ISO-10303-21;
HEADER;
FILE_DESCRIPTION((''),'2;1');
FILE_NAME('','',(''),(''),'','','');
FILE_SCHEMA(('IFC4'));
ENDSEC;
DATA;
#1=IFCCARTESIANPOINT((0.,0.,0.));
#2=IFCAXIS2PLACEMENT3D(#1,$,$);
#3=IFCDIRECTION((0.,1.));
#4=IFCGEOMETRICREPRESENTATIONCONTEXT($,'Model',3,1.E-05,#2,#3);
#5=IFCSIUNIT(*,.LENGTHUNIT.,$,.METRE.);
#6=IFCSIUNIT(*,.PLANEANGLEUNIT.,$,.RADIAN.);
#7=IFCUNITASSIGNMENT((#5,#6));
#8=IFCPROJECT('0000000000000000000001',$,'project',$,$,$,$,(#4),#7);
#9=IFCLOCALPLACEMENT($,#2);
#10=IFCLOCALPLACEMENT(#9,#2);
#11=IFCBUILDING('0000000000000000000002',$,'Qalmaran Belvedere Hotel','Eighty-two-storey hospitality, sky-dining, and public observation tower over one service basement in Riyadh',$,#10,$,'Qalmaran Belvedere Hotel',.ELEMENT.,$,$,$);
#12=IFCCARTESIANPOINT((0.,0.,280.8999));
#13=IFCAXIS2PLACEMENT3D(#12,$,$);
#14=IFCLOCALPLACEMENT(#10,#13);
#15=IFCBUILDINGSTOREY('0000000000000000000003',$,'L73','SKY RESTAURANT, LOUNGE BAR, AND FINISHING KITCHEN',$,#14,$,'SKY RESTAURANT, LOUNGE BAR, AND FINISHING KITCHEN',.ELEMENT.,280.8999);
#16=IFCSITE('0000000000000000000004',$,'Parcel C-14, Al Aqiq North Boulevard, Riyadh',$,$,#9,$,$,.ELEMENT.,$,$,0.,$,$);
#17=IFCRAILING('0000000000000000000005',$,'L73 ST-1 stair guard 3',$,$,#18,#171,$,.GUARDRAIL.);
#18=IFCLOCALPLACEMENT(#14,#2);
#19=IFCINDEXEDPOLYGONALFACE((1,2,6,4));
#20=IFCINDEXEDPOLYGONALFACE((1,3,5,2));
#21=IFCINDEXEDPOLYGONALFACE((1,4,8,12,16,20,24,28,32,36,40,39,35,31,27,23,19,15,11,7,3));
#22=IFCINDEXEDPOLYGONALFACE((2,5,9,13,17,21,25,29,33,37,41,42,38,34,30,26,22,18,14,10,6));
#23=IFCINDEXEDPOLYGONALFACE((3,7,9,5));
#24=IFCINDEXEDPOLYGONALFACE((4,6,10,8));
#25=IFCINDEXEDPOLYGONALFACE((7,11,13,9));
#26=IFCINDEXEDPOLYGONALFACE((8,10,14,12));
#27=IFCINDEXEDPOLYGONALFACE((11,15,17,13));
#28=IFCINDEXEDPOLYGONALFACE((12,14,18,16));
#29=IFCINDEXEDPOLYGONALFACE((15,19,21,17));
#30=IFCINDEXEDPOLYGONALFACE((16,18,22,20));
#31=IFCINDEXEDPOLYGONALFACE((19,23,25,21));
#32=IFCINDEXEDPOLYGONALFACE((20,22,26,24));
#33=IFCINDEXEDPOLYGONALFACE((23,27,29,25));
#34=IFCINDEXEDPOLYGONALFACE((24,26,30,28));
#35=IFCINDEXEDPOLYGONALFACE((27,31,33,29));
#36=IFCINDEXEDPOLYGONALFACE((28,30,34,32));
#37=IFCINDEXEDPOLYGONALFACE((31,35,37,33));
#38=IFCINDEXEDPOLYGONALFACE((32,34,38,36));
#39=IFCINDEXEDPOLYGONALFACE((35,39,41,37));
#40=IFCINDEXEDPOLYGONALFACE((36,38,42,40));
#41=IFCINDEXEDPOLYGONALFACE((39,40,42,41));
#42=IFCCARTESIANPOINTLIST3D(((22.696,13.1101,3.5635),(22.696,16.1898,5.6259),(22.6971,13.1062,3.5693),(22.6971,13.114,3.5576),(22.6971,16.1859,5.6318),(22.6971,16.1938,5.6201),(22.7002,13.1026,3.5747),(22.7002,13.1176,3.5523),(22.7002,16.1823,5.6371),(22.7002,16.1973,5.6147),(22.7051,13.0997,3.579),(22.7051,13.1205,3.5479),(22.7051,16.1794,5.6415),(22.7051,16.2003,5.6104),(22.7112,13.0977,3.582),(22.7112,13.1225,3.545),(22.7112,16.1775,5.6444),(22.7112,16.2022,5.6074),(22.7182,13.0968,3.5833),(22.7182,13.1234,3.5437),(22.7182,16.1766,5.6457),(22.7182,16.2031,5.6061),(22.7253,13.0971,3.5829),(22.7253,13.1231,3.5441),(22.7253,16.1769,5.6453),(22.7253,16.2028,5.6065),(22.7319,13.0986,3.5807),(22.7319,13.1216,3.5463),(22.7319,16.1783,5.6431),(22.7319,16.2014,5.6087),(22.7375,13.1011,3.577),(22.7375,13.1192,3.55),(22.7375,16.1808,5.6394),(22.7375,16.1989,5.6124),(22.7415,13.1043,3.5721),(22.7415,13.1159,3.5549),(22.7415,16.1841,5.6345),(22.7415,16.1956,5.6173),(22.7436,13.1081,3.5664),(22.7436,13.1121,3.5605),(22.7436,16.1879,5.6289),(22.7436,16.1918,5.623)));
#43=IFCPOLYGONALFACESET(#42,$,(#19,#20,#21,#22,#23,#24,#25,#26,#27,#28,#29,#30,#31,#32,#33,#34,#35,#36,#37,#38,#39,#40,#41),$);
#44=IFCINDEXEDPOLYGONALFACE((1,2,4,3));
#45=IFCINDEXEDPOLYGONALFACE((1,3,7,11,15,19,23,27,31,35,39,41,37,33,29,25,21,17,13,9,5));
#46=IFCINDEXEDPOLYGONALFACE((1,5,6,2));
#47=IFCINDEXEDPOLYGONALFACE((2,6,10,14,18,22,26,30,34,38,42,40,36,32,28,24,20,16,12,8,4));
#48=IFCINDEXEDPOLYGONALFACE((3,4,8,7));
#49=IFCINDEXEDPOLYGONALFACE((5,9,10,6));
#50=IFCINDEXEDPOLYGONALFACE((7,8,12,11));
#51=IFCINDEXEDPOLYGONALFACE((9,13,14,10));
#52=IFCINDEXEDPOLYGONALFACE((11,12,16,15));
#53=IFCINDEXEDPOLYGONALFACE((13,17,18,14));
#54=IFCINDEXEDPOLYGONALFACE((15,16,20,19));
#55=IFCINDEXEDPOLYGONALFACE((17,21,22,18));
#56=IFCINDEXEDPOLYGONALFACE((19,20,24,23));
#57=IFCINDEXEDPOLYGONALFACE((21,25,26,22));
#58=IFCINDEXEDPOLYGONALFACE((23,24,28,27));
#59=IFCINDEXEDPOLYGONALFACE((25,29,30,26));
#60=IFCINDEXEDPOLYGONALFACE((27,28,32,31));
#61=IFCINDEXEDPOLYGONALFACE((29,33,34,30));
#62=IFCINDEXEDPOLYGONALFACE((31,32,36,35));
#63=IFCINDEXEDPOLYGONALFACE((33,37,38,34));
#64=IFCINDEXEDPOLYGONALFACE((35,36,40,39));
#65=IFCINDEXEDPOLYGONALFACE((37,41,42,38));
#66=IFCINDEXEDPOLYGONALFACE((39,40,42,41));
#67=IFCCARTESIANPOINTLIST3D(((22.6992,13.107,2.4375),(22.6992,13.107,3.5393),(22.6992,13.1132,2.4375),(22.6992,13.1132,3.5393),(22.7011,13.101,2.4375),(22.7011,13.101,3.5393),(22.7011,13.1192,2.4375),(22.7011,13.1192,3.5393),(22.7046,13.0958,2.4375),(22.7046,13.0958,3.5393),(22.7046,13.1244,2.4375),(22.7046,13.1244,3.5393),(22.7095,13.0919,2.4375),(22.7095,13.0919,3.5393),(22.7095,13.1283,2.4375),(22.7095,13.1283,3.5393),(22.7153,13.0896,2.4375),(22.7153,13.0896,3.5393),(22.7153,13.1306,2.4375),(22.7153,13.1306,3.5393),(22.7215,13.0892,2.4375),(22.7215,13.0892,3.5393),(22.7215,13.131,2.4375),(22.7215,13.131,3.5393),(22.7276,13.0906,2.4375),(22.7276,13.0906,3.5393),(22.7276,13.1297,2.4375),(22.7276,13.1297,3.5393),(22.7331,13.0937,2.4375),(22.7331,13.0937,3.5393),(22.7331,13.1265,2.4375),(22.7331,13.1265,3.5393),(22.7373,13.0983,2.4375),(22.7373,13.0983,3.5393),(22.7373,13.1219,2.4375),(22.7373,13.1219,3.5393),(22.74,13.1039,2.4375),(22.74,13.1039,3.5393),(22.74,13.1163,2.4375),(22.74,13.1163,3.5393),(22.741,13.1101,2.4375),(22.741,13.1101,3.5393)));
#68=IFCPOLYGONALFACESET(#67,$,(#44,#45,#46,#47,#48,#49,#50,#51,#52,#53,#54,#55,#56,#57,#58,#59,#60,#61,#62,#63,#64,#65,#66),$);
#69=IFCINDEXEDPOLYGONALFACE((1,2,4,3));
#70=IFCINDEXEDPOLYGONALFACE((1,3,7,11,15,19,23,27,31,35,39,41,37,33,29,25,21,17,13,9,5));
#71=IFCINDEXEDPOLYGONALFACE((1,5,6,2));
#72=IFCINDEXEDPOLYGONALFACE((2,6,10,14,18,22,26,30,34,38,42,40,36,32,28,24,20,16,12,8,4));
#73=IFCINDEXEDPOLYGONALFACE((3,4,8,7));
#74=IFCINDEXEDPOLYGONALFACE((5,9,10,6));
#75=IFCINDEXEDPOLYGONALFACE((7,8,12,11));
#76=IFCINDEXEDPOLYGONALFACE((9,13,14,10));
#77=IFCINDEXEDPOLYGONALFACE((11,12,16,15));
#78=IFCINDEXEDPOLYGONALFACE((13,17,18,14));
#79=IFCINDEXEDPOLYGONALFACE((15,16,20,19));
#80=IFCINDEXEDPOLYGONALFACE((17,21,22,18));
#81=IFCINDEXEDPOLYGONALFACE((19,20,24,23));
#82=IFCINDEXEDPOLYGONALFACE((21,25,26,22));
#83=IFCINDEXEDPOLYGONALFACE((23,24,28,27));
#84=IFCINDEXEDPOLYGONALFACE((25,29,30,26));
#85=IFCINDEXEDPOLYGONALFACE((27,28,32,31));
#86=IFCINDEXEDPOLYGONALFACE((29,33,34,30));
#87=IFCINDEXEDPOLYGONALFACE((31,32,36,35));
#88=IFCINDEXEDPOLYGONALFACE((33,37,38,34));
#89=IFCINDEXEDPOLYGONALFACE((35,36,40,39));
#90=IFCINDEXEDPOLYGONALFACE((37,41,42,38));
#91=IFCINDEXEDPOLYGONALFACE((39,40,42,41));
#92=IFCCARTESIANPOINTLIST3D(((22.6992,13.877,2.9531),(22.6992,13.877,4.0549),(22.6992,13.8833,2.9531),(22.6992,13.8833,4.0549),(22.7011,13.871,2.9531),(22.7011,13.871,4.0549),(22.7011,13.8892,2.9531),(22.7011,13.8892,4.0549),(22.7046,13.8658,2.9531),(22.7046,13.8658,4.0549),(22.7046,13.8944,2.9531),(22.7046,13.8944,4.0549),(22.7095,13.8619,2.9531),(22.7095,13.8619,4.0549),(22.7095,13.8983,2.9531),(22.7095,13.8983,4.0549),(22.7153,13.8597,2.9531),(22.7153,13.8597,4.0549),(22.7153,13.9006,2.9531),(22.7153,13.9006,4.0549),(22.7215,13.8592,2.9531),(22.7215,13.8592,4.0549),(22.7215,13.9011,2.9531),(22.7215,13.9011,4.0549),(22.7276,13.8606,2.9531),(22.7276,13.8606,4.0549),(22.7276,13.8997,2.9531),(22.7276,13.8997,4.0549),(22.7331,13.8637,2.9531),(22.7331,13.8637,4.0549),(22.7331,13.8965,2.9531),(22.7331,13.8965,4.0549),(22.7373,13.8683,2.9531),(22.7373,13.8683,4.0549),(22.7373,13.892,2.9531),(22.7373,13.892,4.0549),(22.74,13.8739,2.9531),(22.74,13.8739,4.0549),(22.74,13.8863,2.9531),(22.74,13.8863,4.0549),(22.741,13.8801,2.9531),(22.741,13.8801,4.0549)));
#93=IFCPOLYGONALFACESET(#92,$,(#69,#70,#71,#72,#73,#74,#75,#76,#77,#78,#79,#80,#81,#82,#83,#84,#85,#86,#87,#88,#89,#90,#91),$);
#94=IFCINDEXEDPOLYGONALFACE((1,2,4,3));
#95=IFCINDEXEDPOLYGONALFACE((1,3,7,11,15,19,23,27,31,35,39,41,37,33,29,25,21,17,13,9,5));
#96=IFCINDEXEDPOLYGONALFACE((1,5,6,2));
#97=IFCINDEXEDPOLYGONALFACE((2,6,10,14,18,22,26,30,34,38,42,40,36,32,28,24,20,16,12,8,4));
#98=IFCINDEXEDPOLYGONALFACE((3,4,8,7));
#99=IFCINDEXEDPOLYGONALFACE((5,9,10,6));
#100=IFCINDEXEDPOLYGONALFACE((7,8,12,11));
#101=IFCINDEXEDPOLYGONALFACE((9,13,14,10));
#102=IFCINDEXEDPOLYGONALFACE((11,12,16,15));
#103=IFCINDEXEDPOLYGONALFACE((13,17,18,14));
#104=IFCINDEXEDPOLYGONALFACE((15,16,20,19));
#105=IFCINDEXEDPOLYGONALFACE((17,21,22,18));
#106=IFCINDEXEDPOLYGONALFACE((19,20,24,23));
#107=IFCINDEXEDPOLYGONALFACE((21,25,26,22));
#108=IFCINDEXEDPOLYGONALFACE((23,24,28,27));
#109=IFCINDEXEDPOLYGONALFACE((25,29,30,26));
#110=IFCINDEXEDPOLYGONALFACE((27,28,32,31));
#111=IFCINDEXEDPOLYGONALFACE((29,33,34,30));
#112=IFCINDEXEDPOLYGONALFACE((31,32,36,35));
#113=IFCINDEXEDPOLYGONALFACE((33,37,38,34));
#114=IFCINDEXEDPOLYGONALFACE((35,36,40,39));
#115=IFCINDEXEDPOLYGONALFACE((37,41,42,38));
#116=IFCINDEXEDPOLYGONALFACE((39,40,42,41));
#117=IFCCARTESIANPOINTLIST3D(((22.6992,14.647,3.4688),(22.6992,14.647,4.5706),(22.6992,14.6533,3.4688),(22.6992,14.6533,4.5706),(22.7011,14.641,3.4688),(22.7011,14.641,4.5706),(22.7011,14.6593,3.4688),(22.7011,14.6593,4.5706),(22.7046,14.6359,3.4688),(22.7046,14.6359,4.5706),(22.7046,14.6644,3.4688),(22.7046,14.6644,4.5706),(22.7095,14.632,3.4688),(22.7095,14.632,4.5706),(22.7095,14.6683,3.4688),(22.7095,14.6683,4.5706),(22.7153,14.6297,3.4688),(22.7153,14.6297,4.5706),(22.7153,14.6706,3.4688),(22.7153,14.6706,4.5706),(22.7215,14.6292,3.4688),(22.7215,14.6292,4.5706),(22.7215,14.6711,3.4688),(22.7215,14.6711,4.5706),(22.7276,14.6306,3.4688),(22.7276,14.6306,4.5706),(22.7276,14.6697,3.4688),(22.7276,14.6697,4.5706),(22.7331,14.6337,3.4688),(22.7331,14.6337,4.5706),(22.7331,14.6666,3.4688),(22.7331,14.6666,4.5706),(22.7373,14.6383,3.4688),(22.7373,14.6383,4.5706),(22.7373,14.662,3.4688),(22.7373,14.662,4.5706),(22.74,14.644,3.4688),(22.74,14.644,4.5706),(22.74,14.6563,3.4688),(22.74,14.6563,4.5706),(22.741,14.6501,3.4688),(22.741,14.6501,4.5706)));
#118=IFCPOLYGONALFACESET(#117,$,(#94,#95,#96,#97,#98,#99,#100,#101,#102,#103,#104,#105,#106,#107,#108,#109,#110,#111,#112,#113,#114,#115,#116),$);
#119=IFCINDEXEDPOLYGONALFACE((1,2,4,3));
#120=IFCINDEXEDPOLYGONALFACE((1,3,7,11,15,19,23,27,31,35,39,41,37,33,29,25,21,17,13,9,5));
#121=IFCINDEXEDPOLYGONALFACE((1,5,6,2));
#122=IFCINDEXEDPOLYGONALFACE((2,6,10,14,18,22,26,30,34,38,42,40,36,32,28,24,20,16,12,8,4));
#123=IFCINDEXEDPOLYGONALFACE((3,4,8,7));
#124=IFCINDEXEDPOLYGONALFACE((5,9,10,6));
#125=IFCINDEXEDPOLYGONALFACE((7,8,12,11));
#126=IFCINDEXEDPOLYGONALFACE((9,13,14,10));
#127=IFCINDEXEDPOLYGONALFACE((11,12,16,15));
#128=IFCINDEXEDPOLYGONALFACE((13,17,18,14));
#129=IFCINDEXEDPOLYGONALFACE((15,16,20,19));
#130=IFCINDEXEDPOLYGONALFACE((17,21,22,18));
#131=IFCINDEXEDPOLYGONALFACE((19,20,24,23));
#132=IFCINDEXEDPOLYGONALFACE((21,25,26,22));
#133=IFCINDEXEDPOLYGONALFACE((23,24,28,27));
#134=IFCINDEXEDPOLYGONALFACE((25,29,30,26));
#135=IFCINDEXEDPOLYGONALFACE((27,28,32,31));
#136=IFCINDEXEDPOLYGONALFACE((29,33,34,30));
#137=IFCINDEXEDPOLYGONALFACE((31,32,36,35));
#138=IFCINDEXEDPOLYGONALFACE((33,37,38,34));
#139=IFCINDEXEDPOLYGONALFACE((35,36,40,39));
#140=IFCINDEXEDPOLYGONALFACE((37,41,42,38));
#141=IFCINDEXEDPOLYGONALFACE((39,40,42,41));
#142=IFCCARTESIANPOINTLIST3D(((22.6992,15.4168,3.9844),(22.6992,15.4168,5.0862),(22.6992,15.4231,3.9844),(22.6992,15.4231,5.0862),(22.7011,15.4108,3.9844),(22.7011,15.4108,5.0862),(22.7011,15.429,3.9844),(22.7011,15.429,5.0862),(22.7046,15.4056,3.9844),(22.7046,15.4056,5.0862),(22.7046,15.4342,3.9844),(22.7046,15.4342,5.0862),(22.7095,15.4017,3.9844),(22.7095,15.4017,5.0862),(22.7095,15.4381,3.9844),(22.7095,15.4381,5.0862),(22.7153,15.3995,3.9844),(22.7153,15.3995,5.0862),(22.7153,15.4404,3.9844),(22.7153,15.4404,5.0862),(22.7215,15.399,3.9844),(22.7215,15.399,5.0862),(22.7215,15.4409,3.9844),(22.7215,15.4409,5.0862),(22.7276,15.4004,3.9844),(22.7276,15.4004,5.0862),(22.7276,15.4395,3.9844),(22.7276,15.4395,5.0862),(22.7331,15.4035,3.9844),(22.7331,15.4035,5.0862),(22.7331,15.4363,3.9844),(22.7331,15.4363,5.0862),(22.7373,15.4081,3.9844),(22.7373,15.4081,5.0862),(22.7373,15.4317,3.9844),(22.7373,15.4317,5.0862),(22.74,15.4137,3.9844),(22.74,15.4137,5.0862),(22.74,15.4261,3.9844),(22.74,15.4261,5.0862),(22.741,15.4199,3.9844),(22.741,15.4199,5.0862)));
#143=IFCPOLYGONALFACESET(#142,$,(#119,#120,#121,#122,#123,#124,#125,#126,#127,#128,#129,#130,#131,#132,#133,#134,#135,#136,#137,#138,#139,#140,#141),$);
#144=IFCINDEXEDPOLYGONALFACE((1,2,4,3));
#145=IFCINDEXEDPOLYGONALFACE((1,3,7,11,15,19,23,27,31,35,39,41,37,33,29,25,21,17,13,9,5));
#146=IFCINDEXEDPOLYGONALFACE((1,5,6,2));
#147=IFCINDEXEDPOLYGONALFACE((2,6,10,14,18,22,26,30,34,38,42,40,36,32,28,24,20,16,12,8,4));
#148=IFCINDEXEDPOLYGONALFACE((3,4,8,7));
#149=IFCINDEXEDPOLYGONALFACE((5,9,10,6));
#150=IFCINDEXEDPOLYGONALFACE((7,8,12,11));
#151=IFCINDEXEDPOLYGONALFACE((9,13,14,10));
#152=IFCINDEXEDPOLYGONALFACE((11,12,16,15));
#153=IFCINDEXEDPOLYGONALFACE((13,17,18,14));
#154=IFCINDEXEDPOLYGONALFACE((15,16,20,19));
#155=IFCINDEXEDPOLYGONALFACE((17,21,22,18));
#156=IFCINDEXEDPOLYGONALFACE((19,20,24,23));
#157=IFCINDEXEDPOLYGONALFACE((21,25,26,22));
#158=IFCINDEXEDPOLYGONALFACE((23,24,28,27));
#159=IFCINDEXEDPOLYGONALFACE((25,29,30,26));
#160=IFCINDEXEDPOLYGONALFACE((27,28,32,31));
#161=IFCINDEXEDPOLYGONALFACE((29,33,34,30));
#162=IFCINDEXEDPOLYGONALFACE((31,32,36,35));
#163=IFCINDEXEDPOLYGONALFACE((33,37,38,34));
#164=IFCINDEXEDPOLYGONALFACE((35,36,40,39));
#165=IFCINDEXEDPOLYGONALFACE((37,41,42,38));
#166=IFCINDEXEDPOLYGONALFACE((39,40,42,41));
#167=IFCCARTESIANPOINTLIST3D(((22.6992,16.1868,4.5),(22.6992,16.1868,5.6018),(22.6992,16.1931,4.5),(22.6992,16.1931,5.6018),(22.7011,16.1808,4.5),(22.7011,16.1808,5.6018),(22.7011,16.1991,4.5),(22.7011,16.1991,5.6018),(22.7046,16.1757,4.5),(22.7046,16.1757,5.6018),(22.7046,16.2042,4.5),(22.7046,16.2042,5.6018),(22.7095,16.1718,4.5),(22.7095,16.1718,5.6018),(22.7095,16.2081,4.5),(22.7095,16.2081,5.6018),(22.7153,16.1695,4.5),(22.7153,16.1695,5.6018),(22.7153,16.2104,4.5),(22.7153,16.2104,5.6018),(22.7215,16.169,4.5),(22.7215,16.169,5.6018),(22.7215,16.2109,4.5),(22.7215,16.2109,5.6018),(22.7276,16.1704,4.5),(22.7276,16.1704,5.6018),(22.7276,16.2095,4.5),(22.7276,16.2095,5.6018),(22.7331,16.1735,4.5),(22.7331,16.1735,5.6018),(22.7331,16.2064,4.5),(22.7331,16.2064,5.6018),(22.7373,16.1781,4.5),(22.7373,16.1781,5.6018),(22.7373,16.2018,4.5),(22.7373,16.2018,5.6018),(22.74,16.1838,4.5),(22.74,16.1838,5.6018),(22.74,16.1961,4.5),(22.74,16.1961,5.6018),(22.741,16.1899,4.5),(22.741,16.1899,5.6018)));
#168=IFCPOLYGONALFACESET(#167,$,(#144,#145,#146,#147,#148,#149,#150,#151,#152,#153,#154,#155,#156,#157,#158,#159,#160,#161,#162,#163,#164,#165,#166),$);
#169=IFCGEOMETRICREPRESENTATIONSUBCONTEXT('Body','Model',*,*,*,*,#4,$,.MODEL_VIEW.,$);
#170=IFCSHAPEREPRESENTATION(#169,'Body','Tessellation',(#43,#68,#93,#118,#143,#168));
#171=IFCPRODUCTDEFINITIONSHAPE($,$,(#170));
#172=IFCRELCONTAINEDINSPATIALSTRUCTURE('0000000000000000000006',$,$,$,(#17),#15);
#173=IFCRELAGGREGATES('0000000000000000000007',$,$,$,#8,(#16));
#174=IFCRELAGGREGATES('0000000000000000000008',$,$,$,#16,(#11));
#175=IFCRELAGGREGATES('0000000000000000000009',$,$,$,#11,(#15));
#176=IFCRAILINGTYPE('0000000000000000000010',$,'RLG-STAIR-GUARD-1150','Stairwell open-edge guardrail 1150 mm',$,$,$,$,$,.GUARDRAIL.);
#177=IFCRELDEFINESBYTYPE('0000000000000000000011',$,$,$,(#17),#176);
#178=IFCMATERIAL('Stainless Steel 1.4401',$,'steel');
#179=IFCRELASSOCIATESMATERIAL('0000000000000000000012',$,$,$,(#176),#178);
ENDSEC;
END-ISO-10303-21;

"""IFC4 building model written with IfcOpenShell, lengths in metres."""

from ifc_helpers import new_model, si_unit, direction, frame, origin, origin_2d, place, context, subcontext, project, spatial, circle, extrude, material, type_object, element, save


model = new_model("IFC4")

# Units and contexts
model_context = context("Model", 3, precision=1e-05, world=origin(), true_north=direction((0.0, 1.0)))
body_context = subcontext(model_context, "Body", "Model", "MODEL_VIEW")
ifc_project = project(units=[si_unit("LENGTHUNIT", "METRE"), si_unit("PLANEANGLEUNIT", "RADIAN")], contexts=[model_context])

# Site, building, storey
site_placement = place(None, origin())
site = spatial("IfcSite", under=ifc_project, at=site_placement, Name="Parcel C-14, Al Aqiq North Boulevard, Riyadh", CompositionType="ELEMENT", RefElevation=0.0)
building_placement = place(site_placement, origin())
building = spatial("IfcBuilding", under=site, at=building_placement, Name="Qalmaran Belvedere Hotel", Description="Eighty-two-storey hospitality, sky-dining, and public observation tower over one service basement in Riyadh", LongName="Qalmaran Belvedere Hotel", CompositionType="ELEMENT")
storey_placement = place(building_placement, frame((0.0, 0.0, 280.8999)))
storey = spatial("IfcBuildingStorey", under=building, at=storey_placement, Name="L73", Description="SKY RESTAURANT, LOUNGE BAR, AND FINISHING KITCHEN", LongName="SKY RESTAURANT, LOUNGE BAR, AND FINISHING KITCHEN", CompositionType="ELEMENT", Elevation=280.8999)

# Railing
ifc_material_1 = material(Name="Stainless Steel 1.4401", Category="steel")
railing_type_1 = type_object("IfcRailingType", Name="RLG-STAIR-GUARD-1150", Description="Stairwell open-edge guardrail 1150 mm", PredefinedType="GUARDRAIL", material=ifc_material_1)
railing_1_placement = place(storey_placement, frame((22.72, 13.1101, 2.4375)))
element("IfcRailing", 1, at=railing_1_placement, inside=storey, type_object=railing_type_1, Name="L73 ST-1 stair guard 3", PredefinedType="GUARDRAIL", context=body_context, shape_type="SweptSolid", body=[
    extrude(circle(Radius=0.0239, at=origin_2d()), frame((0.0, 0.0, 1.126), z_axis=(0.0, 0.830893, 0.556432), x_axis=(-1.0, 0.0, 0.0)), (0.0, 0.0, 1.0), 3.7065),
    extrude(circle(Radius=0.021, at=origin_2d()), origin(), (0.0, 0.0, 1.0), 1.1018),
    extrude(circle(Radius=0.021, at=origin_2d()), frame((0.0, 0.77, 0.5156)), (0.0, 0.0, 1.0), 1.1018),
    extrude(circle(Radius=0.021, at=origin_2d()), frame((0.0, 1.54, 1.0312)), (0.0, 0.0, 1.0), 1.1018),
    extrude(circle(Radius=0.021, at=origin_2d()), frame((0.0, 2.3098, 1.5469)), (0.0, 0.0, 1.0), 1.1018),
    extrude(circle(Radius=0.021, at=origin_2d()), frame((0.0, 3.0798, 2.0625)), (0.0, 0.0, 1.0), 1.1018),
])

save(model, "model.ifc")
